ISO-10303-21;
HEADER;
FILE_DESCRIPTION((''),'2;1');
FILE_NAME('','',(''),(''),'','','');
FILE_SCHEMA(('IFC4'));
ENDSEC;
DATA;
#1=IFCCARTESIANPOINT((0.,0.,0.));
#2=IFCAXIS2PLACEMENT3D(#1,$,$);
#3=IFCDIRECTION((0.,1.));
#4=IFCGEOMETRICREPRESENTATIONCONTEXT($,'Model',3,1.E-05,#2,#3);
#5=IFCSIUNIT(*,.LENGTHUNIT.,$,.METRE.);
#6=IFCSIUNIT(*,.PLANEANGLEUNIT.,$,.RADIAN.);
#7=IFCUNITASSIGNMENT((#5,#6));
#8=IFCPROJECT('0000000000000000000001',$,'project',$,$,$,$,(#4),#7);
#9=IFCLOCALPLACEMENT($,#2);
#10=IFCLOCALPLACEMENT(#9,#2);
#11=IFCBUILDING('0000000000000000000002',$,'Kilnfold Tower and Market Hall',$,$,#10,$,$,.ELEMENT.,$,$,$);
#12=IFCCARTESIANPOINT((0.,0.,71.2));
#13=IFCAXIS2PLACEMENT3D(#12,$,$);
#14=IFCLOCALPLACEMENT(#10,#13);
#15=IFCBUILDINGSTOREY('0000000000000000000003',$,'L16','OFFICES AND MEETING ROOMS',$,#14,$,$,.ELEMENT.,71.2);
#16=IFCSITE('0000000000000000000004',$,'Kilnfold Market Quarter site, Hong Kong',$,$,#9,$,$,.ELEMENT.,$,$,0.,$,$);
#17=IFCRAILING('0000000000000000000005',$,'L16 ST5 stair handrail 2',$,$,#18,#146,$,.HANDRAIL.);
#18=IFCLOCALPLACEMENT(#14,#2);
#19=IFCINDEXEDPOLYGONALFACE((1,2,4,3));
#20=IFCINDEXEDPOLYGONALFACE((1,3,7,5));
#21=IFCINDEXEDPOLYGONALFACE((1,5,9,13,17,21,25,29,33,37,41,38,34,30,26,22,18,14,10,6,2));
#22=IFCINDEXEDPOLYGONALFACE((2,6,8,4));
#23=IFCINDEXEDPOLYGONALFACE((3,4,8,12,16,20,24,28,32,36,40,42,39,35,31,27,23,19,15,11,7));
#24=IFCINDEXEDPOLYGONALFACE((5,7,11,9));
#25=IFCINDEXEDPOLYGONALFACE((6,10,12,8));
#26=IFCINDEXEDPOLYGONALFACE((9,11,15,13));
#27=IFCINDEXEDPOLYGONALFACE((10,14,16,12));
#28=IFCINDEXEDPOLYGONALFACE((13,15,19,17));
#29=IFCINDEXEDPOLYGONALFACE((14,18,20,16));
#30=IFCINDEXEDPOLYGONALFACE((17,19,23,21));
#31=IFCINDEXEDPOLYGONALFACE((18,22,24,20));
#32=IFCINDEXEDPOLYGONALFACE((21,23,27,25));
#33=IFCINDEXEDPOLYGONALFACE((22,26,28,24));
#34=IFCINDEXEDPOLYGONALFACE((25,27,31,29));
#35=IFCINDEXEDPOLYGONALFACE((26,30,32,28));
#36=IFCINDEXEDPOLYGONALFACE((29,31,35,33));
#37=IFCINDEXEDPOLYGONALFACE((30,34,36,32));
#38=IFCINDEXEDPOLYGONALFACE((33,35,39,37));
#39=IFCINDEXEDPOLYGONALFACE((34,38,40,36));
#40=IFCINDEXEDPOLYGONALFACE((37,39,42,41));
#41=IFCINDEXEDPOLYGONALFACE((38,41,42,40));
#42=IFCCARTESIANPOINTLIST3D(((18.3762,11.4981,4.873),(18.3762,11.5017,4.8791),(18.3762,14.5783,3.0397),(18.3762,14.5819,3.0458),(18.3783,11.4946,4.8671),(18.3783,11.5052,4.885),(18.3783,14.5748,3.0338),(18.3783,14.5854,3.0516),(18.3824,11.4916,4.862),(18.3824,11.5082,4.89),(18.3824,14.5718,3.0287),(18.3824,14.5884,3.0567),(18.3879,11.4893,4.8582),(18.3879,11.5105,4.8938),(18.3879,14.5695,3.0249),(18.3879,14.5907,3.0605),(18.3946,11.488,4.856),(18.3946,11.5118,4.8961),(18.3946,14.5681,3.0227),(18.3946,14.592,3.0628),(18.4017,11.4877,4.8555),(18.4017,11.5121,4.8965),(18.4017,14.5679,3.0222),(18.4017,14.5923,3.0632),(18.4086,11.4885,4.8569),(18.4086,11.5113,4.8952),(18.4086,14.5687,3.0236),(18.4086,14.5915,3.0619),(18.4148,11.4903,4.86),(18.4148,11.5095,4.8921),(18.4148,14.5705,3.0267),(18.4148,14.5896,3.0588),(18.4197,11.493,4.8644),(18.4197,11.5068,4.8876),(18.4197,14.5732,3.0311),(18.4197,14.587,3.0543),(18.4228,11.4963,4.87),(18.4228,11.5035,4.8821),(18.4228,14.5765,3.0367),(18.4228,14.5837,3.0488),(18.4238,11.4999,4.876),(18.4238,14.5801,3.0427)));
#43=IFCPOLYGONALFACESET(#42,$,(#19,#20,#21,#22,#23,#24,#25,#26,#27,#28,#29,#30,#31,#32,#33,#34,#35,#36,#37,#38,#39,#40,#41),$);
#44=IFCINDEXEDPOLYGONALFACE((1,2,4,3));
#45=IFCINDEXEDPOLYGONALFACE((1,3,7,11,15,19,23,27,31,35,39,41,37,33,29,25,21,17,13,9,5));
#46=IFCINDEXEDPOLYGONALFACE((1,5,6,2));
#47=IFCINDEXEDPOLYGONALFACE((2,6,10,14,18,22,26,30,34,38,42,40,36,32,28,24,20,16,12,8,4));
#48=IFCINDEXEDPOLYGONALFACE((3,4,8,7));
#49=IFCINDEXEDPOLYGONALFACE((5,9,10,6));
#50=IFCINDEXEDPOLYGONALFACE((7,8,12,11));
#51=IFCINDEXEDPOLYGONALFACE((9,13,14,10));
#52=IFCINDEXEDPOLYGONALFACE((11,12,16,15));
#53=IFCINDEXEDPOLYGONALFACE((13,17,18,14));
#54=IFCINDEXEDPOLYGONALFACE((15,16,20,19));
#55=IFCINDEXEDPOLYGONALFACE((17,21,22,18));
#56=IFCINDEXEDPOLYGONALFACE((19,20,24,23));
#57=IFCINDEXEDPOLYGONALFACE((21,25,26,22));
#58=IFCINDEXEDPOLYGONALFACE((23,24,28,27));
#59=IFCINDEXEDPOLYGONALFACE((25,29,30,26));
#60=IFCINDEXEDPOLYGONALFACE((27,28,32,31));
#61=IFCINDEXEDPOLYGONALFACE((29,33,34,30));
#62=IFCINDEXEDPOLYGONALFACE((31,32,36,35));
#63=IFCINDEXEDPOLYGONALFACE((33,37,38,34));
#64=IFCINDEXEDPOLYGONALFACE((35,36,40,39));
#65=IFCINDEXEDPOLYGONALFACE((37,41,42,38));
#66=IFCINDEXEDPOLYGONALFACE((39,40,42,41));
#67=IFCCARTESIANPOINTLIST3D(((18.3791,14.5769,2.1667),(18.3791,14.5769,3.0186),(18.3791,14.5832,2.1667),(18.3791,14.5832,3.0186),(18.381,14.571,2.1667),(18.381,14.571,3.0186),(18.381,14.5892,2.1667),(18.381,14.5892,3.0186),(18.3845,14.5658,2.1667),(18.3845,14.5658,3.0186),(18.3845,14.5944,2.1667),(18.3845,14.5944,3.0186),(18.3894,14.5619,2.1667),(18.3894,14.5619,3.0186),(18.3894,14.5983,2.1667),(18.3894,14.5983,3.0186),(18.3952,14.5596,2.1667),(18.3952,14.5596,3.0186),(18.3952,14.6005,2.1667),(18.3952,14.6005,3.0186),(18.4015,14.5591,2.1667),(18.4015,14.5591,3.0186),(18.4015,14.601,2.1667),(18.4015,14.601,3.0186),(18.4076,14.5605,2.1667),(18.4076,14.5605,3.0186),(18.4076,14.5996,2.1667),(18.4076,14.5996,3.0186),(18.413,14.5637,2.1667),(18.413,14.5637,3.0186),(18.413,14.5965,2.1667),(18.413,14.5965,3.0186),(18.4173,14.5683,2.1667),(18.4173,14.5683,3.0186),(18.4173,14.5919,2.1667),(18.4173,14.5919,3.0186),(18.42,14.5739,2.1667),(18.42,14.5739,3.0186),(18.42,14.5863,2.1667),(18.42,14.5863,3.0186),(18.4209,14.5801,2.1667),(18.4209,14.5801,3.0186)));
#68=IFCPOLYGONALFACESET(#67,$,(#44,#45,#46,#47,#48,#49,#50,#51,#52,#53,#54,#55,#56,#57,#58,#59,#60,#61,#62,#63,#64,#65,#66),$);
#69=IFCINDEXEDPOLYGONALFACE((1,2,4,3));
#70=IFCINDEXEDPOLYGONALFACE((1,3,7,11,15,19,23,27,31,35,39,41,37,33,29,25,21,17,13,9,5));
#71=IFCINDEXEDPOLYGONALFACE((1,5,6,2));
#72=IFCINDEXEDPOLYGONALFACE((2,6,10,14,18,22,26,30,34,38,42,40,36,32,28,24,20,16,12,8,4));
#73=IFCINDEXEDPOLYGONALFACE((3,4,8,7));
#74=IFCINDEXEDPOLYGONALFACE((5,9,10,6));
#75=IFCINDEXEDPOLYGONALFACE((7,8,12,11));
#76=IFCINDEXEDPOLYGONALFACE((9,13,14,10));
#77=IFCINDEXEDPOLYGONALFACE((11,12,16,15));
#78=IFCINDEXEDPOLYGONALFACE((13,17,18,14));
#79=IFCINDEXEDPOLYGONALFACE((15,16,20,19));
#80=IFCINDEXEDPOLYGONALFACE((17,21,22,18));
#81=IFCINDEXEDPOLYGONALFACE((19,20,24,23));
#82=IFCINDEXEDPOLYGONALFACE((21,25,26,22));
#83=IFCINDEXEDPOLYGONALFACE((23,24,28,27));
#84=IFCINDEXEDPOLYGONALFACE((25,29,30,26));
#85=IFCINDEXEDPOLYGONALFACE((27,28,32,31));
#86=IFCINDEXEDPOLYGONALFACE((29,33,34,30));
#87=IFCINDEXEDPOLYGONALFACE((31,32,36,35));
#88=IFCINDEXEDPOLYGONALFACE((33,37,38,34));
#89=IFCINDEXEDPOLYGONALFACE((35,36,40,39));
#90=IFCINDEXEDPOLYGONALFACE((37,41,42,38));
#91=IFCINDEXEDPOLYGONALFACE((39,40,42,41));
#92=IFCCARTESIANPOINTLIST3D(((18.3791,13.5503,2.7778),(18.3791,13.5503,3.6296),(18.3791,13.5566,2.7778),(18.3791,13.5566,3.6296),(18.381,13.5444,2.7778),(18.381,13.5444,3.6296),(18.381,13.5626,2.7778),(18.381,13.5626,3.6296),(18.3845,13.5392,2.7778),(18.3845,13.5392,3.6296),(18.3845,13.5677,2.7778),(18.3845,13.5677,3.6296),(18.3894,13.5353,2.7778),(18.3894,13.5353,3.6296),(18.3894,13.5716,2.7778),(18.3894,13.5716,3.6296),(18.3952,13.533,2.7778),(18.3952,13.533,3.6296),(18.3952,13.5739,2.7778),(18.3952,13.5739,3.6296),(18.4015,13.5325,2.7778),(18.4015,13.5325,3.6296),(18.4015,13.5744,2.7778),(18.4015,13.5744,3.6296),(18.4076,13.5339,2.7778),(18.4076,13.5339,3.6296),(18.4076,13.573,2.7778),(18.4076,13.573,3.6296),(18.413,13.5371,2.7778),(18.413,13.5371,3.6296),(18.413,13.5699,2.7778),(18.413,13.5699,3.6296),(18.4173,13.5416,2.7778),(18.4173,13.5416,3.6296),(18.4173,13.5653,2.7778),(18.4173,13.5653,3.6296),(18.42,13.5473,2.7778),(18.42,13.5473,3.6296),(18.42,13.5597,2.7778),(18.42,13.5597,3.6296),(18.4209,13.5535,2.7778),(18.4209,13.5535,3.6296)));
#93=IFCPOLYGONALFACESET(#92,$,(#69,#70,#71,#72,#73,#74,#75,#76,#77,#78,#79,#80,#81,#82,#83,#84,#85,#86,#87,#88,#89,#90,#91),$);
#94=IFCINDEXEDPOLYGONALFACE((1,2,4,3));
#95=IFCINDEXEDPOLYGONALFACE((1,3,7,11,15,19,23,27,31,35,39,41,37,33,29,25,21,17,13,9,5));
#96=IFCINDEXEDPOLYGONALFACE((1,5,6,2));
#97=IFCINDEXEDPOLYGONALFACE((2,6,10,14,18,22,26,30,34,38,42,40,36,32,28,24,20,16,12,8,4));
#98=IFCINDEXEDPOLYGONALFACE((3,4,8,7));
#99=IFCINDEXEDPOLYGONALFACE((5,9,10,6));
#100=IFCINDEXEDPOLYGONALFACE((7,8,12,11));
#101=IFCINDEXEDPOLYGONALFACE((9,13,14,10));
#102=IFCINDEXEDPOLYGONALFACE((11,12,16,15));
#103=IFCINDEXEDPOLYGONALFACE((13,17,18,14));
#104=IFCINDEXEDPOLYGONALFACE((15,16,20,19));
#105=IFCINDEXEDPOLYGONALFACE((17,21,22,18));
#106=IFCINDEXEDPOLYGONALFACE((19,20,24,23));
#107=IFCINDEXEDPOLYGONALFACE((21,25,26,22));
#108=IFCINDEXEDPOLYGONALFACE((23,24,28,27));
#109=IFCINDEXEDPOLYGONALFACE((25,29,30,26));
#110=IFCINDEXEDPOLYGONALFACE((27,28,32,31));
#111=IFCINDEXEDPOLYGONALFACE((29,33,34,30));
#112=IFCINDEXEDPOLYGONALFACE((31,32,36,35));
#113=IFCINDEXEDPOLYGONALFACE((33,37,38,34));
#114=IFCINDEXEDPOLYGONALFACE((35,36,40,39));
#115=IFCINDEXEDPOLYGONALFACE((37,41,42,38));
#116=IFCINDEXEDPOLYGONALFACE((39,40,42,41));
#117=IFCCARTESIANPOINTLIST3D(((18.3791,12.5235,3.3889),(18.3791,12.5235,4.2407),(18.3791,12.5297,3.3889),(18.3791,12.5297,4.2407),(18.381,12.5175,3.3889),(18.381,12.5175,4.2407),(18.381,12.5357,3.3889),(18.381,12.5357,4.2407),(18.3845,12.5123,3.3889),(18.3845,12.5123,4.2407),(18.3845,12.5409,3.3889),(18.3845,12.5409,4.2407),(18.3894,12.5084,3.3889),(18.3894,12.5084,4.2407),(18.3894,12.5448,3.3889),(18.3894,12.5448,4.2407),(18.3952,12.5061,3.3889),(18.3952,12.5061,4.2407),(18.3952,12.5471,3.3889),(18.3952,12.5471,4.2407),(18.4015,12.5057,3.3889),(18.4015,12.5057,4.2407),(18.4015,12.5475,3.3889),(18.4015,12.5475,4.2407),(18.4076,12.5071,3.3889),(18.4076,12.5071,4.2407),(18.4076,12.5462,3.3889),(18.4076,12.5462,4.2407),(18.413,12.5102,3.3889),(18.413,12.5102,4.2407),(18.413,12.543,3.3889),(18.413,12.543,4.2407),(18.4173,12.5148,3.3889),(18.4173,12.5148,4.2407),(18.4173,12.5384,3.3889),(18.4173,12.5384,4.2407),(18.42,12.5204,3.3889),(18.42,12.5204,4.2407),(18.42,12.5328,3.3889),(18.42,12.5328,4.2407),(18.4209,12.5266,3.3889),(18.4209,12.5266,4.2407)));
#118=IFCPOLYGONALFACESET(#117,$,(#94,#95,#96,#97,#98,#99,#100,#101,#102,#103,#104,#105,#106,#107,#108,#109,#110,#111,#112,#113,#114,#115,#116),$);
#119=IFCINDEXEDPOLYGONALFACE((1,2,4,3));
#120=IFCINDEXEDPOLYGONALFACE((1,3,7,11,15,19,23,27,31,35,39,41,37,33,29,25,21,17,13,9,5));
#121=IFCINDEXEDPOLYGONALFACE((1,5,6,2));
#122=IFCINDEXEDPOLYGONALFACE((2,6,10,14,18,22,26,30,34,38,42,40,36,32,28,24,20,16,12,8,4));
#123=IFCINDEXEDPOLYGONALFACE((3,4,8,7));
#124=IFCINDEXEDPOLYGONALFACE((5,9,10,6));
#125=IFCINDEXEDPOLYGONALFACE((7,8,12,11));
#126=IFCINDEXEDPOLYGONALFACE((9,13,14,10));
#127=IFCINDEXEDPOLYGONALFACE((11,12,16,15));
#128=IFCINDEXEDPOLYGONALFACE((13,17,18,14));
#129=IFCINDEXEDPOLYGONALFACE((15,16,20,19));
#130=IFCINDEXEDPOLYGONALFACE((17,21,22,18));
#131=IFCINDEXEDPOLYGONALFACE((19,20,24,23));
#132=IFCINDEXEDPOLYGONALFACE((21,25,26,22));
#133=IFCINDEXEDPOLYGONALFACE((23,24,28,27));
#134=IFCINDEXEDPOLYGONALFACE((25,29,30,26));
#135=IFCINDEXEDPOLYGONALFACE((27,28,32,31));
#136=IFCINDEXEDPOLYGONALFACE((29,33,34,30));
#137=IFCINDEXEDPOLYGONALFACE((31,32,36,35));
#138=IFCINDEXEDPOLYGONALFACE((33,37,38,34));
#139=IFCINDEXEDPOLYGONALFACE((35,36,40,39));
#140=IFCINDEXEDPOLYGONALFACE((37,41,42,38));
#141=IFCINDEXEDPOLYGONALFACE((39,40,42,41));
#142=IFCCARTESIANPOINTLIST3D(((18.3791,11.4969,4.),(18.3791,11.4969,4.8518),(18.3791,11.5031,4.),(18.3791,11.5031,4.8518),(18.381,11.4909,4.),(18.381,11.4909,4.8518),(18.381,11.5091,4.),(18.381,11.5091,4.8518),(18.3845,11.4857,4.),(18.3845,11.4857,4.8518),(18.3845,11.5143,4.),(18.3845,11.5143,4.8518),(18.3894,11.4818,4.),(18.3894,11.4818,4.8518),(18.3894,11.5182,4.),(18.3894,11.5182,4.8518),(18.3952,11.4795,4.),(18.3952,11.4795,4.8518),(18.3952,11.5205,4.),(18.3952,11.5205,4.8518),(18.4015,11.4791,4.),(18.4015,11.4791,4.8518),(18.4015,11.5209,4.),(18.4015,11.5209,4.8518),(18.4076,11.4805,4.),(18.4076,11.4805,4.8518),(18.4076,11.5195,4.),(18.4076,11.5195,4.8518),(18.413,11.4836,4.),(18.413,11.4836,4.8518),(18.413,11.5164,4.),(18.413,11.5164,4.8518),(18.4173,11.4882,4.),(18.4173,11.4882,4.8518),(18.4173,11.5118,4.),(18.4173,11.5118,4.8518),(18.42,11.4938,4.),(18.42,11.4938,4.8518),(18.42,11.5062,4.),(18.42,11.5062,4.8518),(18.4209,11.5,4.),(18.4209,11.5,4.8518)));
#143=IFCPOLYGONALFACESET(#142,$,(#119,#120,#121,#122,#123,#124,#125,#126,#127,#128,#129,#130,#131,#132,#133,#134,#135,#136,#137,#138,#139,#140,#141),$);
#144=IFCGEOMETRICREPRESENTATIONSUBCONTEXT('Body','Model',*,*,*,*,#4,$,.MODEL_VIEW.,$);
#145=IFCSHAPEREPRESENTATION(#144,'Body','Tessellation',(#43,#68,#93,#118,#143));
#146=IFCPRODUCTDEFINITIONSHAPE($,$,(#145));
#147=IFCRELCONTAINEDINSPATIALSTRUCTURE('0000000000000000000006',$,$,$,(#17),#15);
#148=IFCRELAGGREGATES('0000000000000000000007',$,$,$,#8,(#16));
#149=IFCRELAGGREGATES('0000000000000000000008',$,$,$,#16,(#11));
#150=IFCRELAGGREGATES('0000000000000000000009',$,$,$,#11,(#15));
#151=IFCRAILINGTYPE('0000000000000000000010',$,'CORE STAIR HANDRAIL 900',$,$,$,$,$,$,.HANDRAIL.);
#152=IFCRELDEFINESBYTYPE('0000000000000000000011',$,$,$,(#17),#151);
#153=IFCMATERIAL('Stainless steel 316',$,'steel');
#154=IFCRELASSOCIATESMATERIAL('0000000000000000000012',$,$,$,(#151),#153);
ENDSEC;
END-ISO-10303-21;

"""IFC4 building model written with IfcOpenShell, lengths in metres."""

from ifc_helpers import new_model, si_unit, direction, frame, origin, origin_2d, place, context, subcontext, project, spatial, circle, extrude, material, type_object, element, save


model = new_model("IFC4")

# Units and contexts
model_context = context("Model", 3, precision=1e-05, world=origin(), true_north=direction((0.0, 1.0)))
body_context = subcontext(model_context, "Body", "Model", "MODEL_VIEW")
ifc_project = project(units=[si_unit("LENGTHUNIT", "METRE"), si_unit("PLANEANGLEUNIT", "RADIAN")], contexts=[model_context])

# Site, building, storey
site_placement = place(None, origin())
site = spatial("IfcSite", under=ifc_project, at=site_placement, Name="Kilnfold Market Quarter site, Hong Kong", CompositionType="ELEMENT", RefElevation=0.0)
building_placement = place(site_placement, origin())
building = spatial("IfcBuilding", under=site, at=building_placement, Name="Kilnfold Tower and Market Hall", CompositionType="ELEMENT")
storey_placement = place(building_placement, frame((0.0, 0.0, 71.2)))
storey = spatial("IfcBuildingStorey", under=building, at=storey_placement, Name="L16", Description="OFFICES AND MEETING ROOMS", CompositionType="ELEMENT", Elevation=71.2)

# Railing
ifc_material_1 = material(Name="Stainless steel 316", Category="steel")
railing_type_1 = type_object("IfcRailingType", Name="CORE STAIR HANDRAIL 900", PredefinedType="HANDRAIL", material=ifc_material_1)
railing_1_placement = place(storey_placement, frame((18.3999, 14.5801, 2.1667)))
element("IfcRailing", 1, at=railing_1_placement, inside=storey, type_object=railing_type_1, Name="L16 ST5 stair handrail 2", PredefinedType="HANDRAIL", context=body_context, shape_type="SweptSolid", body=[
    extrude(circle(Radius=0.0239, at=origin_2d()), frame((0.0, 0.0, 0.876), z_axis=(0.0, -0.859309, 0.511458), x_axis=(1.0, 0.0, 0.0)), (0.0, 0.0, 1.0), 3.5845),
    extrude(circle(Radius=0.021, at=origin_2d()), origin(), (0.0, 0.0, 1.0), 0.8518),
    extrude(circle(Radius=0.021, at=origin_2d()), frame((0.0, -1.0266, 0.6111)), (0.0, 0.0, 1.0), 0.8518),
    extrude(circle(Radius=0.021, at=origin_2d()), frame((0.0, -2.0535, 1.2222)), (0.0, 0.0, 1.0), 0.8518),
    extrude(circle(Radius=0.021, at=origin_2d()), frame((0.0, -3.0801, 1.8333)), (0.0, 0.0, 1.0), 0.8518),
])

save(model, "model.ifc")
